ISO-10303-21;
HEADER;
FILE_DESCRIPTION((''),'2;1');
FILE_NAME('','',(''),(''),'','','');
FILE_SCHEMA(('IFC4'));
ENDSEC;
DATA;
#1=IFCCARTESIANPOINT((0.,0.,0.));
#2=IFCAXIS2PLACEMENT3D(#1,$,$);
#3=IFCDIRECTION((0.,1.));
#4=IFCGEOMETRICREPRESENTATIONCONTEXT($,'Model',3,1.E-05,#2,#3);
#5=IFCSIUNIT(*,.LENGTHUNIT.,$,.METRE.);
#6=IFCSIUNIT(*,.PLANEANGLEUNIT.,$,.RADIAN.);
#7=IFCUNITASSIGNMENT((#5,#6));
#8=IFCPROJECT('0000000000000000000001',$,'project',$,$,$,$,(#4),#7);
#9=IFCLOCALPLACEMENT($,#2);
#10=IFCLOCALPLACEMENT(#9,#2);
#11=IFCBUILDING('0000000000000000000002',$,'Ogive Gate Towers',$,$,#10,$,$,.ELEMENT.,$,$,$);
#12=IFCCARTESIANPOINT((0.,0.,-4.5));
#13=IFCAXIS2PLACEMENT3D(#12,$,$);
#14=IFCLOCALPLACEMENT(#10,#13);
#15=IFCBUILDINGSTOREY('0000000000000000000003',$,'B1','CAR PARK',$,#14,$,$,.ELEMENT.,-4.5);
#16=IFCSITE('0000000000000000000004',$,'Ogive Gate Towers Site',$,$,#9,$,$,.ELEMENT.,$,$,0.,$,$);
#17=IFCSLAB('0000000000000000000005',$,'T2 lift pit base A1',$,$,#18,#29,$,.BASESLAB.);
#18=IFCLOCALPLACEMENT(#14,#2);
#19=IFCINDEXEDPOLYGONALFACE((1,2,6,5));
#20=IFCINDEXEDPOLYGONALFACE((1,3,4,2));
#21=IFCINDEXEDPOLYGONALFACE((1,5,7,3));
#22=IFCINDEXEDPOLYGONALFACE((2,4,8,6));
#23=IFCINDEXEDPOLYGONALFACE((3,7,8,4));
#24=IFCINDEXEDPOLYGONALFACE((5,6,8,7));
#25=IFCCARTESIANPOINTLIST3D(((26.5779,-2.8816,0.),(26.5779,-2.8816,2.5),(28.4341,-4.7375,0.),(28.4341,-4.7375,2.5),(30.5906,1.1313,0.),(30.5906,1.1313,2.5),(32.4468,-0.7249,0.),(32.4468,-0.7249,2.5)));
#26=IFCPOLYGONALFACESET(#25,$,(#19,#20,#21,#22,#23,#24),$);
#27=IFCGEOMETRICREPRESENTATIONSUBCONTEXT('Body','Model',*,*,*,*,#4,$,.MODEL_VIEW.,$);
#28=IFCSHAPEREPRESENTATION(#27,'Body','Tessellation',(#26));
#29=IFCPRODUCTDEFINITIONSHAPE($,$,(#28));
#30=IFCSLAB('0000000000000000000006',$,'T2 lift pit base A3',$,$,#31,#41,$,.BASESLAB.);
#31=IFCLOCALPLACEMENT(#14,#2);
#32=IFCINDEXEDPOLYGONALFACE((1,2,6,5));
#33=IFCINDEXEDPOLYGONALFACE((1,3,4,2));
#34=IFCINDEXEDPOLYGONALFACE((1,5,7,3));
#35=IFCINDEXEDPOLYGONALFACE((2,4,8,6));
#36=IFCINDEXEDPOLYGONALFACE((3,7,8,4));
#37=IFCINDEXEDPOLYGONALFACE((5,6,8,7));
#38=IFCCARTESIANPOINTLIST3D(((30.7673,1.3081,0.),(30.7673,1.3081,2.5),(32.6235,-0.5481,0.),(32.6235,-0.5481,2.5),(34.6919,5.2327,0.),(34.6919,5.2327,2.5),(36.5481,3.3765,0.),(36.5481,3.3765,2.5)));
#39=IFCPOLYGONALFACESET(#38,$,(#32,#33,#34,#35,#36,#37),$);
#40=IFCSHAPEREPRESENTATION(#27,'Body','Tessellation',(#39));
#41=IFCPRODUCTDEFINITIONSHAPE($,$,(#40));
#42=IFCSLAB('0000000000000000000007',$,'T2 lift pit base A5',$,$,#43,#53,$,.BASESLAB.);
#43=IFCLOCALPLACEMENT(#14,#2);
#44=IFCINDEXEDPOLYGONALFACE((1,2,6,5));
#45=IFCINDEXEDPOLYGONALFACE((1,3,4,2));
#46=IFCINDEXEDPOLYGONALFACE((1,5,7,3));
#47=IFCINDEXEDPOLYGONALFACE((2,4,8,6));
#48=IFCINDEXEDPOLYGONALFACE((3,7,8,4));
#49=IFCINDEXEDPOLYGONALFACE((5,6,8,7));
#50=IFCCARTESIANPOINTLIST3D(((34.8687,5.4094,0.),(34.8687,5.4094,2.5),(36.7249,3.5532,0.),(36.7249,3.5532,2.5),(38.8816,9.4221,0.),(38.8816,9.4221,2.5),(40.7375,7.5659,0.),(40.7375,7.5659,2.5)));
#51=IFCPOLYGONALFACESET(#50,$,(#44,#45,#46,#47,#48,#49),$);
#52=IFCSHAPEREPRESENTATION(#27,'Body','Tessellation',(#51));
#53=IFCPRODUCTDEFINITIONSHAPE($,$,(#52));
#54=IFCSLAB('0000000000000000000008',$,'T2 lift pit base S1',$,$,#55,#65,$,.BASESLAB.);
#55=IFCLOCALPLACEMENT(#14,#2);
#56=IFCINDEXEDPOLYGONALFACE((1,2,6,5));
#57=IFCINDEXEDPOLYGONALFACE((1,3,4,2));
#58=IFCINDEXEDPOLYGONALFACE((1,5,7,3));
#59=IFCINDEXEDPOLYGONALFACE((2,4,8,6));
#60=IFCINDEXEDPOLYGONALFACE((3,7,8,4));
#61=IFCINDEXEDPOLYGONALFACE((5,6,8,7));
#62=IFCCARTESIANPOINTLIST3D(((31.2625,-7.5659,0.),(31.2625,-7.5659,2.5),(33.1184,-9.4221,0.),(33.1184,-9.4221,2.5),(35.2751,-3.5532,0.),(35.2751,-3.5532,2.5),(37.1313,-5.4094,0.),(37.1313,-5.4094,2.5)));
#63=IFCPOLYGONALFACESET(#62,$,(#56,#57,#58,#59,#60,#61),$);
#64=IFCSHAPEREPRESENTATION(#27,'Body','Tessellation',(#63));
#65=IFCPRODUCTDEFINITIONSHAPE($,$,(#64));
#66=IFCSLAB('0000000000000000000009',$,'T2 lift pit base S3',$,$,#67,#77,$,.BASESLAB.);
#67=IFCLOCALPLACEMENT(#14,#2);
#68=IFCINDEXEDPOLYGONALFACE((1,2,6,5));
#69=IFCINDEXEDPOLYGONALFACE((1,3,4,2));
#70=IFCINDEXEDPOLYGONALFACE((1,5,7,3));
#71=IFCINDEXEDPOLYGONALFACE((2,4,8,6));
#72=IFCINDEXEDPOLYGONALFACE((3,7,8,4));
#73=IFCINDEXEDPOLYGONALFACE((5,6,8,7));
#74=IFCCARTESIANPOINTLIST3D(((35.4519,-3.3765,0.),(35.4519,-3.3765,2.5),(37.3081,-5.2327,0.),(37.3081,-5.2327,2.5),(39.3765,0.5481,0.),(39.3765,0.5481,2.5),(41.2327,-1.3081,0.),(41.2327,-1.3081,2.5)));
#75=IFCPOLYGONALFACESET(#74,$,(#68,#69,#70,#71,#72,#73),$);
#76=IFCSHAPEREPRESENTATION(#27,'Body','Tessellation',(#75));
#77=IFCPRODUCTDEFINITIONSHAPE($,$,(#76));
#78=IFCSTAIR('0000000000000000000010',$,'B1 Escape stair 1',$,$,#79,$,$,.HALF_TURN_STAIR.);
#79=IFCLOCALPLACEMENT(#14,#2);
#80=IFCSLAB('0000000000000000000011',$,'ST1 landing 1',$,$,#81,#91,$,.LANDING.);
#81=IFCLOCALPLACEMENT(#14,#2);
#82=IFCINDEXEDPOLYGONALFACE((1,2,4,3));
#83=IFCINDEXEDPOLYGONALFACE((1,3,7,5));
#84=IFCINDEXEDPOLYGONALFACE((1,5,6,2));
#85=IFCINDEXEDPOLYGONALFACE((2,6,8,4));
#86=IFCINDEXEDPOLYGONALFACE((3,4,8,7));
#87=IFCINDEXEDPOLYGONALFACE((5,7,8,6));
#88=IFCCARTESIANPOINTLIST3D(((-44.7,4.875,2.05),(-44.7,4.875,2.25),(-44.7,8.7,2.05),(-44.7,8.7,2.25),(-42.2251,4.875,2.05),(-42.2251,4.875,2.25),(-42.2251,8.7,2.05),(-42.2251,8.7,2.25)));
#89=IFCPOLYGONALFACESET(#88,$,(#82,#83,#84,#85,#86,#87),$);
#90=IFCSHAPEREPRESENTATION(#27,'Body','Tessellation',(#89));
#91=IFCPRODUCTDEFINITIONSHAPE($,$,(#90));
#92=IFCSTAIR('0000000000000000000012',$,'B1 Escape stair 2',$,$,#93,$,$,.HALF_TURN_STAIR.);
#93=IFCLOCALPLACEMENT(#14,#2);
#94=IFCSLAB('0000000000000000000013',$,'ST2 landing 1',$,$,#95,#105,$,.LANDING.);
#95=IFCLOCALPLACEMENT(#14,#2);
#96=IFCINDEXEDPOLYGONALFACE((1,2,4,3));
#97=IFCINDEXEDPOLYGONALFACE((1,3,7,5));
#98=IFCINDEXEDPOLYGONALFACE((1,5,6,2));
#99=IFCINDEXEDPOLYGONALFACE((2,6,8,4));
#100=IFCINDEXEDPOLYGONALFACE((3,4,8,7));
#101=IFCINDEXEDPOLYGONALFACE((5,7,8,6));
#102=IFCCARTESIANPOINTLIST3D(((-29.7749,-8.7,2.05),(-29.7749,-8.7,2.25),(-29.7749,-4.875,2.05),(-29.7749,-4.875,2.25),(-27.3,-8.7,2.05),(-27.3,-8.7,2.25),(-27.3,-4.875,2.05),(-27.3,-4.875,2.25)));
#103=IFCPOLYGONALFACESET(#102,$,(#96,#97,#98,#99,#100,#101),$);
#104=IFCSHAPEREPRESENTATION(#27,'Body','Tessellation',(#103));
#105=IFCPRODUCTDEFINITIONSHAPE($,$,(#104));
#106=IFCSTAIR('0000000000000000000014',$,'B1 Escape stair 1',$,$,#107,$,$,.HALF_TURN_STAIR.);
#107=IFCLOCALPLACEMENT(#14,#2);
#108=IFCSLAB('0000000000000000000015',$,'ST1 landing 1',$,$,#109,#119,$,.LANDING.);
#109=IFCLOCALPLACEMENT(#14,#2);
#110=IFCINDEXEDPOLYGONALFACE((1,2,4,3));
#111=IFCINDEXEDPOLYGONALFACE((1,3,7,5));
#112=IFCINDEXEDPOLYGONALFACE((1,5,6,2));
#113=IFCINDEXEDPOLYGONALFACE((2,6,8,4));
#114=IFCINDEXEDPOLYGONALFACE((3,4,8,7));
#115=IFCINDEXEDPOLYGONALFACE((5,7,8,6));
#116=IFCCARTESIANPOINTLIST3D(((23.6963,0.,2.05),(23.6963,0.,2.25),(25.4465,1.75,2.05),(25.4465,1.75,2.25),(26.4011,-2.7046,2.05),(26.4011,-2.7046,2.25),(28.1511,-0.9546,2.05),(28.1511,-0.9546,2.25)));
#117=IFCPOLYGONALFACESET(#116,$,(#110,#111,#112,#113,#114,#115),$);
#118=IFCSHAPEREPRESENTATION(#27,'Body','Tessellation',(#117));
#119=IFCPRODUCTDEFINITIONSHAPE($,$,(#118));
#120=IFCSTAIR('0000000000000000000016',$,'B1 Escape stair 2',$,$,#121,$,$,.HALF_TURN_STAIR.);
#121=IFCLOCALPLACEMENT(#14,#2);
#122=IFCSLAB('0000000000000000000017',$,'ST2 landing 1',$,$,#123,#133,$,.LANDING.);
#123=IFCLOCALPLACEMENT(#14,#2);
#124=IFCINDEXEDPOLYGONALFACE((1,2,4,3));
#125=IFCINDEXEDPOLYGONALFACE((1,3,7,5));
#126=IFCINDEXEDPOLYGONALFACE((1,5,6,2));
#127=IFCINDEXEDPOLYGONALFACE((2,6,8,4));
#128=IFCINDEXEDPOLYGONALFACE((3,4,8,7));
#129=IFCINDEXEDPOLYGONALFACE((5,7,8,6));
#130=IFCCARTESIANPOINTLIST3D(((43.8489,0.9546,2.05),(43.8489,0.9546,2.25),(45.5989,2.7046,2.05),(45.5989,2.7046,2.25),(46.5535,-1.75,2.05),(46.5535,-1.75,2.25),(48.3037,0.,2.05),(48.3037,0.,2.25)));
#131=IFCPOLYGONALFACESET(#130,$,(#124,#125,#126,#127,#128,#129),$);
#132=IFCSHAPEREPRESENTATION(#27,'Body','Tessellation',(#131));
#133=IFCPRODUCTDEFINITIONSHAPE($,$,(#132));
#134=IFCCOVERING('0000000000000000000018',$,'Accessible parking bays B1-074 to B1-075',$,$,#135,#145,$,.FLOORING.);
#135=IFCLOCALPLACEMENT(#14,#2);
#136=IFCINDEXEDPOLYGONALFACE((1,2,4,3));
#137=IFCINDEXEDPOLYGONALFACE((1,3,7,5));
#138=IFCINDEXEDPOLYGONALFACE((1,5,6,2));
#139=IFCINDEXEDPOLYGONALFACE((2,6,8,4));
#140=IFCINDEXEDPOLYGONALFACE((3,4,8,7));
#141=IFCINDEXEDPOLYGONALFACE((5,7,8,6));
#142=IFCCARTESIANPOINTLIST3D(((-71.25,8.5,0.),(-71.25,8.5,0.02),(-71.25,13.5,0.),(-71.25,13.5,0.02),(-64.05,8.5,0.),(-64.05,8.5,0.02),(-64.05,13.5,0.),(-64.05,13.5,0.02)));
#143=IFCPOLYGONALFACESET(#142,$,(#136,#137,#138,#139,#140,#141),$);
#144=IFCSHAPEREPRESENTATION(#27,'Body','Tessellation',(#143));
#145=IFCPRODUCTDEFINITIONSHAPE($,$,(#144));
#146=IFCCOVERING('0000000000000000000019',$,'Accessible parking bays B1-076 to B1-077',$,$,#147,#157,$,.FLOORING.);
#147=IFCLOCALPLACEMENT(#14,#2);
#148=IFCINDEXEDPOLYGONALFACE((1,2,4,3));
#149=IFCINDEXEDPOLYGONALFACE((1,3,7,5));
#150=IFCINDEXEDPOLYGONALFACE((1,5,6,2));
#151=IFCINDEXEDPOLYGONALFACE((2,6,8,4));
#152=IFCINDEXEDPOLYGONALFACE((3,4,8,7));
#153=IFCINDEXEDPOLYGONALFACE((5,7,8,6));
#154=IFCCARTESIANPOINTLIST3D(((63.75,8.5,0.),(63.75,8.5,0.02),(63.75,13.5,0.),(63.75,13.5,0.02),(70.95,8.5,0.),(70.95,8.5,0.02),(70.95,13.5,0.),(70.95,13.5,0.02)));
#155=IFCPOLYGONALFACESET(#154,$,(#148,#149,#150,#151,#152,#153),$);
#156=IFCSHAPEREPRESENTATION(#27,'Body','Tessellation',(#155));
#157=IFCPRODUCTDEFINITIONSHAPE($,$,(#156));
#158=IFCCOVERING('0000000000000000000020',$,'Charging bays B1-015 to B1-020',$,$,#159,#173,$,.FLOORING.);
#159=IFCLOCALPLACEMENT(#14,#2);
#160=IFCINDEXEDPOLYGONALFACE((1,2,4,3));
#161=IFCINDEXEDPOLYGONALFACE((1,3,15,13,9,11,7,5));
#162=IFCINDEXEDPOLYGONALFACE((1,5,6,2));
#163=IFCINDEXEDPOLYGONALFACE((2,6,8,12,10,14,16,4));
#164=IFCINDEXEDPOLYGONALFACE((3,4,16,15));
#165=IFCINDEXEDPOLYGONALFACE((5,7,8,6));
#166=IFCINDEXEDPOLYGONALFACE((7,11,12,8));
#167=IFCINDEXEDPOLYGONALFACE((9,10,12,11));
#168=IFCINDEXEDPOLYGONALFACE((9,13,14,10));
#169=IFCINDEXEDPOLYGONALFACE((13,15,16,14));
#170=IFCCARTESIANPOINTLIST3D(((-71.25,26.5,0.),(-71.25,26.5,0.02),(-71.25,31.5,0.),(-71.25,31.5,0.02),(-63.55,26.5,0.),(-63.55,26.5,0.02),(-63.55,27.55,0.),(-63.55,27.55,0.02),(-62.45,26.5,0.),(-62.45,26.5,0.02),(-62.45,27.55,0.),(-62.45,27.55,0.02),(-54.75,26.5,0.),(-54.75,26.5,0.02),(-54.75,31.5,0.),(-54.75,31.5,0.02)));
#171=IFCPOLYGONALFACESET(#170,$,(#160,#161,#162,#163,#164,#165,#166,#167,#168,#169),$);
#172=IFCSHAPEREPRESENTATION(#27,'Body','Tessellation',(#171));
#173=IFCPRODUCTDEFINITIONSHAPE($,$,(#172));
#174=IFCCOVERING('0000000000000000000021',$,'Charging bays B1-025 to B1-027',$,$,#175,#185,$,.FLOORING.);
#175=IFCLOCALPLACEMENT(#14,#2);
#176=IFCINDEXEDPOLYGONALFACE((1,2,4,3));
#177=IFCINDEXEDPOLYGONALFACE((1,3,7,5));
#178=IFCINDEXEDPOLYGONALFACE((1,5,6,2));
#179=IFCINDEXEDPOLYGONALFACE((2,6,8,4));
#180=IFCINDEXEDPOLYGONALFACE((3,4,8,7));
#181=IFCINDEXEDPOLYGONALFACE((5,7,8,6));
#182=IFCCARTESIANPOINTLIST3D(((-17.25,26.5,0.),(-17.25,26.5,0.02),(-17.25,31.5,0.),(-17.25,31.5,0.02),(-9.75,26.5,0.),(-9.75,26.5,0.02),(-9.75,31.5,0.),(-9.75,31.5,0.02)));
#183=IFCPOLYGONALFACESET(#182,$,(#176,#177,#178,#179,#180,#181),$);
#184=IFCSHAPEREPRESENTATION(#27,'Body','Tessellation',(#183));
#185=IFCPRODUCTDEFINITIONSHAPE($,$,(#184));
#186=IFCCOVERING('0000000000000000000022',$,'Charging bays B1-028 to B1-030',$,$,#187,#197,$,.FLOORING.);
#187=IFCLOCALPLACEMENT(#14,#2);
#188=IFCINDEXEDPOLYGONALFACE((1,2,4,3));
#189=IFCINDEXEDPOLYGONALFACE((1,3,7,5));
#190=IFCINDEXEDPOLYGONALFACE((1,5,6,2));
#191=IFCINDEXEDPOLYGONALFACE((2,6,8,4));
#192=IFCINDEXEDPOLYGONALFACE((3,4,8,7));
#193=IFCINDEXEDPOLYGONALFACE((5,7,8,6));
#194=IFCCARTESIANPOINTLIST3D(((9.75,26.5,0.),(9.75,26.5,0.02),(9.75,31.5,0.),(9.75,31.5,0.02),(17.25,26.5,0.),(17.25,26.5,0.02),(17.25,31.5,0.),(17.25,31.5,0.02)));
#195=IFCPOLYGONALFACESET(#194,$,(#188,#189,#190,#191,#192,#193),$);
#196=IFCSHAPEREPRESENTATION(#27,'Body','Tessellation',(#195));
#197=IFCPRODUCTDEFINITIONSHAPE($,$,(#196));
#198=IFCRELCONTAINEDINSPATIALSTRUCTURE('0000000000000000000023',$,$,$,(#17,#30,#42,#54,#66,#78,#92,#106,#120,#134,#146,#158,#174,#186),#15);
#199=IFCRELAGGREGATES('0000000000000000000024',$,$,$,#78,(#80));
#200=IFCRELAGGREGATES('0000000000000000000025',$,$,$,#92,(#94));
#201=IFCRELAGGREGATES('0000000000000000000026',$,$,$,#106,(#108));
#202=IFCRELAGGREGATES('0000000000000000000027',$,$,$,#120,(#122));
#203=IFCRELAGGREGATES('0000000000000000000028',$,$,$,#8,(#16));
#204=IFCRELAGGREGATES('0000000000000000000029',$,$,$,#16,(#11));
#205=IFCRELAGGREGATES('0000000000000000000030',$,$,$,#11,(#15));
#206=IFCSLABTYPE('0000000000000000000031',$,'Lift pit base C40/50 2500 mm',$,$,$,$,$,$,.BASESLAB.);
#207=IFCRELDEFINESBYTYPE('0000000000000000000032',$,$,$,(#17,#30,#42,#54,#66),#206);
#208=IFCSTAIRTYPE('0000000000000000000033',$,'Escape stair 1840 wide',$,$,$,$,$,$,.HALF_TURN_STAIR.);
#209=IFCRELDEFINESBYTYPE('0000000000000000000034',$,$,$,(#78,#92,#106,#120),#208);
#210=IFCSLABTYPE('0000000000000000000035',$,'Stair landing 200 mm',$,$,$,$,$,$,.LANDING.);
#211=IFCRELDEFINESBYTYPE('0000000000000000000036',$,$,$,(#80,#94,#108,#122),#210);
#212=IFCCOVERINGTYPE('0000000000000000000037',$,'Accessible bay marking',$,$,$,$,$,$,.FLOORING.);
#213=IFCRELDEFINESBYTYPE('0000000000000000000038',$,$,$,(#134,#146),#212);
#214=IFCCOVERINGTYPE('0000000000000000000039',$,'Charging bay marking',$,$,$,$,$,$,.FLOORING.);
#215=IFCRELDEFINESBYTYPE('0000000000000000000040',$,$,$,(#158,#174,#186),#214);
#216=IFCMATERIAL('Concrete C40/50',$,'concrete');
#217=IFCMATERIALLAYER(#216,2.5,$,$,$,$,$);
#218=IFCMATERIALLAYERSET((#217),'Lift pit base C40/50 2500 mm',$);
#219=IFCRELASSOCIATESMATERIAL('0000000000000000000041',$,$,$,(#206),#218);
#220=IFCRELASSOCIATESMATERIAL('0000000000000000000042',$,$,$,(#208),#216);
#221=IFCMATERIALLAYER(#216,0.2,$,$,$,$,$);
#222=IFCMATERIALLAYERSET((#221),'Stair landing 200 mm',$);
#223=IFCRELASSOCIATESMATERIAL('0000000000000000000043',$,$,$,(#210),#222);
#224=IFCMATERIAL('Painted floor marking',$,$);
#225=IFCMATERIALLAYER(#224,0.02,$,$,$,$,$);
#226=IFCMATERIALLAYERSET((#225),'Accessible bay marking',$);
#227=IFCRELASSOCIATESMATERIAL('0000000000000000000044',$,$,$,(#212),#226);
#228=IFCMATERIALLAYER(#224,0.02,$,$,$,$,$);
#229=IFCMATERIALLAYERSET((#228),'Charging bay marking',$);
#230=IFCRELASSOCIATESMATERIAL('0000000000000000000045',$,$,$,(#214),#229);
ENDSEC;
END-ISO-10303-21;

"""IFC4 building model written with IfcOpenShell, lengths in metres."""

from ifc_helpers import new_model, si_unit, direction, frame, origin, place, context, subcontext, project, spatial, polyline, outline, extrude, material, layer, layer_set, type_object, element, aggregate, save


model = new_model("IFC4")

# Units and contexts
model_context = context("Model", 3, precision=1e-05, world=origin(), true_north=direction((0.0, 1.0)))
body_context = subcontext(model_context, "Body", "Model", "MODEL_VIEW")
ifc_project = project(units=[si_unit("LENGTHUNIT", "METRE"), si_unit("PLANEANGLEUNIT", "RADIAN")], contexts=[model_context])

# Site, building, storey
site_placement = place(None, origin())
site = spatial("IfcSite", under=ifc_project, at=site_placement, Name="Ogive Gate Towers Site", CompositionType="ELEMENT", RefElevation=0.0)
building_placement = place(site_placement, origin())
building = spatial("IfcBuilding", under=site, at=building_placement, Name="Ogive Gate Towers", CompositionType="ELEMENT")
storey_placement = place(building_placement, frame((0.0, 0.0, -4.5)))
storey = spatial("IfcBuildingStorey", under=building, at=storey_placement, Name="B1", Description="CAR PARK", CompositionType="ELEMENT", Elevation=-4.5)

# Slabs
ifc_material_1 = material(Name="Concrete C40/50", Category="concrete")
ifc_layer_1 = layer(ifc_material_1, 2.5)
ifc_layer_set_1 = layer_set([ifc_layer_1], Name="Lift pit base C40/50 2500 mm")
slab_type_1 = type_object("IfcSlabType", Name="Lift pit base C40/50 2500 mm", PredefinedType="BASESLAB", material=ifc_layer_set_1)
slab_1_placement = place(storey_placement, origin())
element("IfcSlab", 1, at=slab_1_placement, inside=storey, type_object=slab_type_1, Name="T2 lift pit base A1", PredefinedType="BASESLAB", context=body_context, shape_type="SweptSolid", body=[
    extrude(outline(polyline([(28.4341, -4.7375), (32.4468, -0.7249), (30.5906, 1.1313), (26.5779, -2.8816), (28.4341, -4.7375)])), origin(), (0.0, 0.0, 1.0), 2.5),
])
slab_2_placement = place(storey_placement, origin())
element("IfcSlab", 2, at=slab_2_placement, inside=storey, type_object=slab_type_1, Name="T2 lift pit base A3", PredefinedType="BASESLAB", context=body_context, shape_type="SweptSolid", body=[
    extrude(outline(polyline([(32.6235, -0.5481), (36.5481, 3.3765), (34.6919, 5.2327), (30.7673, 1.3081), (32.6235, -0.5481)])), origin(), (0.0, 0.0, 1.0), 2.5),
])
slab_3_placement = place(storey_placement, origin())
element("IfcSlab", 3, at=slab_3_placement, inside=storey, type_object=slab_type_1, Name="T2 lift pit base A5", PredefinedType="BASESLAB", context=body_context, shape_type="SweptSolid", body=[
    extrude(outline(polyline([(36.7249, 3.5532), (40.7375, 7.5659), (38.8816, 9.4221), (34.8687, 5.4094), (36.7249, 3.5532)])), origin(), (0.0, 0.0, 1.0), 2.5),
])
slab_4_placement = place(storey_placement, origin())
element("IfcSlab", 4, at=slab_4_placement, inside=storey, type_object=slab_type_1, Name="T2 lift pit base S1", PredefinedType="BASESLAB", context=body_context, shape_type="SweptSolid", body=[
    extrude(outline(polyline([(33.1184, -9.4221), (37.1313, -5.4094), (35.2751, -3.5532), (31.2625, -7.5659), (33.1184, -9.4221)])), origin(), (0.0, 0.0, 1.0), 2.5),
])
slab_5_placement = place(storey_placement, origin())
element("IfcSlab", 5, at=slab_5_placement, inside=storey, type_object=slab_type_1, Name="T2 lift pit base S3", PredefinedType="BASESLAB", context=body_context, shape_type="SweptSolid", body=[
    extrude(outline(polyline([(37.3081, -5.2327), (41.2327, -1.3081), (39.3765, 0.5481), (35.4519, -3.3765), (37.3081, -5.2327)])), origin(), (0.0, 0.0, 1.0), 2.5),
])

# Stairs, slabs
stair_type = type_object("IfcStairType", Name="Escape stair 1840 wide", PredefinedType="HALF_TURN_STAIR", material=ifc_material_1)
stair_1_placement = place(storey_placement, origin())
stair_1 = element("IfcStair", 6, at=stair_1_placement, inside=storey, type_object=stair_type, Name="B1 Escape stair 1", PredefinedType="HALF_TURN_STAIR")
ifc_layer_2 = layer(ifc_material_1, 0.2)
ifc_layer_set_2 = layer_set([ifc_layer_2], Name="Stair landing 200 mm")
slab_type_2 = type_object("IfcSlabType", Name="Stair landing 200 mm", PredefinedType="LANDING", material=ifc_layer_set_2)
slab_6_placement = place(storey_placement, frame((0.0, 0.0, 2.05)))
slab_6 = element("IfcSlab", 7, at=slab_6_placement, type_object=slab_type_2, Name="ST1 landing 1", PredefinedType="LANDING", context=body_context, shape_type="SweptSolid", body=[
    extrude(outline(polyline([(-42.2251, 8.7), (-44.7, 8.7), (-44.7, 4.875), (-42.2251, 4.875), (-42.2251, 8.7)])), origin(), (0.0, 0.0, 1.0), 0.2),
])
aggregate(stair_1, [slab_6])
stair_2_placement = place(storey_placement, origin())
stair_2 = element("IfcStair", 8, at=stair_2_placement, inside=storey, type_object=stair_type, Name="B1 Escape stair 2", PredefinedType="HALF_TURN_STAIR")
slab_7_placement = place(storey_placement, frame((0.0, 0.0, 2.05)))
slab_7 = element("IfcSlab", 9, at=slab_7_placement, type_object=slab_type_2, Name="ST2 landing 1", PredefinedType="LANDING", context=body_context, shape_type="SweptSolid", body=[
    extrude(outline(polyline([(-29.7749, -8.7), (-27.3, -8.7), (-27.3, -4.875), (-29.7749, -4.875), (-29.7749, -8.7)])), origin(), (0.0, 0.0, 1.0), 0.2),
])
aggregate(stair_2, [slab_7])
stair_3_placement = place(storey_placement, origin())
stair_3 = element("IfcStair", 10, at=stair_3_placement, inside=storey, type_object=stair_type, Name="B1 Escape stair 1", PredefinedType="HALF_TURN_STAIR")
slab_8_placement = place(storey_placement, frame((0.0, 0.0, 2.05)))
slab_8 = element("IfcSlab", 11, at=slab_8_placement, type_object=slab_type_2, Name="ST1 landing 1", PredefinedType="LANDING", context=body_context, shape_type="SweptSolid", body=[
    extrude(outline(polyline([(25.4465, 1.75), (23.6963, 0.0), (26.4011, -2.7046), (28.1511, -0.9546), (25.4465, 1.75)])), origin(), (0.0, 0.0, 1.0), 0.2),
])
aggregate(stair_3, [slab_8])
stair_4_placement = place(storey_placement, origin())
stair_4 = element("IfcStair", 12, at=stair_4_placement, inside=storey, type_object=stair_type, Name="B1 Escape stair 2", PredefinedType="HALF_TURN_STAIR")
slab_9_placement = place(storey_placement, frame((0.0, 0.0, 2.05)))
slab_9 = element("IfcSlab", 13, at=slab_9_placement, type_object=slab_type_2, Name="ST2 landing 1", PredefinedType="LANDING", context=body_context, shape_type="SweptSolid", body=[
    extrude(outline(polyline([(46.5535, -1.75), (48.3037, 0.0), (45.5989, 2.7046), (43.8489, 0.9546), (46.5535, -1.75)])), origin(), (0.0, 0.0, 1.0), 0.2),
])
aggregate(stair_4, [slab_9])

# Coverings
ifc_material_2 = material(Name="Painted floor marking")
ifc_layer_3 = layer(ifc_material_2, 0.02)
ifc_layer_set_3 = layer_set([ifc_layer_3], Name="Accessible bay marking")
covering_type_1 = type_object("IfcCoveringType", Name="Accessible bay marking", PredefinedType="FLOORING", material=ifc_layer_set_3)
covering_1_placement = place(storey_placement, origin())
element("IfcCovering", 14, at=covering_1_placement, inside=storey, type_object=covering_type_1, Name="Accessible parking bays B1-074 to B1-075", PredefinedType="FLOORING", context=body_context, shape_type="SweptSolid", body=[
    extrude(outline(polyline([(-64.05, 13.5), (-64.05, 8.5), (-71.25, 8.5), (-71.25, 13.5), (-64.05, 13.5)])), origin(), (0.0, 0.0, 1.0), 0.02),
])
covering_2_placement = place(storey_placement, origin())
element("IfcCovering", 15, at=covering_2_placement, inside=storey, type_object=covering_type_1, Name="Accessible parking bays B1-076 to B1-077", PredefinedType="FLOORING", context=body_context, shape_type="SweptSolid", body=[
    extrude(outline(polyline([(70.95, 13.5), (70.95, 8.5), (63.75, 8.5), (63.75, 13.5), (70.95, 13.5)])), origin(), (0.0, 0.0, 1.0), 0.02),
])
ifc_layer_4 = layer(ifc_material_2, 0.02)
ifc_layer_set_4 = layer_set([ifc_layer_4], Name="Charging bay marking")
covering_type_2 = type_object("IfcCoveringType", Name="Charging bay marking", PredefinedType="FLOORING", material=ifc_layer_set_4)
covering_3_placement = place(storey_placement, origin())
element("IfcCovering", 16, at=covering_3_placement, inside=storey, type_object=covering_type_2, Name="Charging bays B1-015 to B1-020", PredefinedType="FLOORING", context=body_context, shape_type="SweptSolid", body=[
    extrude(outline(polyline([(-71.25, 31.5), (-54.75, 31.5), (-54.75, 26.5), (-62.45, 26.5), (-62.45, 27.55), (-63.55, 27.55), (-63.55, 26.5), (-71.25, 26.5), (-71.25, 31.5)])), origin(), (0.0, 0.0, 1.0), 0.02),
])
covering_4_placement = place(storey_placement, origin())
element("IfcCovering", 17, at=covering_4_placement, inside=storey, type_object=covering_type_2, Name="Charging bays B1-025 to B1-027", PredefinedType="FLOORING", context=body_context, shape_type="SweptSolid", body=[
    extrude(outline(polyline([(-9.75, 26.5), (-17.25, 26.5), (-17.25, 31.5), (-9.75, 31.5), (-9.75, 26.5)])), origin(), (0.0, 0.0, 1.0), 0.02),
])
covering_5_placement = place(storey_placement, origin())
element("IfcCovering", 18, at=covering_5_placement, inside=storey, type_object=covering_type_2, Name="Charging bays B1-028 to B1-030", PredefinedType="FLOORING", context=body_context, shape_type="SweptSolid", body=[
    extrude(outline(polyline([(17.25, 26.5), (9.75, 26.5), (9.75, 31.5), (17.25, 31.5), (17.25, 26.5)])), origin(), (0.0, 0.0, 1.0), 0.02),
])

save(model, "model.ifc")
